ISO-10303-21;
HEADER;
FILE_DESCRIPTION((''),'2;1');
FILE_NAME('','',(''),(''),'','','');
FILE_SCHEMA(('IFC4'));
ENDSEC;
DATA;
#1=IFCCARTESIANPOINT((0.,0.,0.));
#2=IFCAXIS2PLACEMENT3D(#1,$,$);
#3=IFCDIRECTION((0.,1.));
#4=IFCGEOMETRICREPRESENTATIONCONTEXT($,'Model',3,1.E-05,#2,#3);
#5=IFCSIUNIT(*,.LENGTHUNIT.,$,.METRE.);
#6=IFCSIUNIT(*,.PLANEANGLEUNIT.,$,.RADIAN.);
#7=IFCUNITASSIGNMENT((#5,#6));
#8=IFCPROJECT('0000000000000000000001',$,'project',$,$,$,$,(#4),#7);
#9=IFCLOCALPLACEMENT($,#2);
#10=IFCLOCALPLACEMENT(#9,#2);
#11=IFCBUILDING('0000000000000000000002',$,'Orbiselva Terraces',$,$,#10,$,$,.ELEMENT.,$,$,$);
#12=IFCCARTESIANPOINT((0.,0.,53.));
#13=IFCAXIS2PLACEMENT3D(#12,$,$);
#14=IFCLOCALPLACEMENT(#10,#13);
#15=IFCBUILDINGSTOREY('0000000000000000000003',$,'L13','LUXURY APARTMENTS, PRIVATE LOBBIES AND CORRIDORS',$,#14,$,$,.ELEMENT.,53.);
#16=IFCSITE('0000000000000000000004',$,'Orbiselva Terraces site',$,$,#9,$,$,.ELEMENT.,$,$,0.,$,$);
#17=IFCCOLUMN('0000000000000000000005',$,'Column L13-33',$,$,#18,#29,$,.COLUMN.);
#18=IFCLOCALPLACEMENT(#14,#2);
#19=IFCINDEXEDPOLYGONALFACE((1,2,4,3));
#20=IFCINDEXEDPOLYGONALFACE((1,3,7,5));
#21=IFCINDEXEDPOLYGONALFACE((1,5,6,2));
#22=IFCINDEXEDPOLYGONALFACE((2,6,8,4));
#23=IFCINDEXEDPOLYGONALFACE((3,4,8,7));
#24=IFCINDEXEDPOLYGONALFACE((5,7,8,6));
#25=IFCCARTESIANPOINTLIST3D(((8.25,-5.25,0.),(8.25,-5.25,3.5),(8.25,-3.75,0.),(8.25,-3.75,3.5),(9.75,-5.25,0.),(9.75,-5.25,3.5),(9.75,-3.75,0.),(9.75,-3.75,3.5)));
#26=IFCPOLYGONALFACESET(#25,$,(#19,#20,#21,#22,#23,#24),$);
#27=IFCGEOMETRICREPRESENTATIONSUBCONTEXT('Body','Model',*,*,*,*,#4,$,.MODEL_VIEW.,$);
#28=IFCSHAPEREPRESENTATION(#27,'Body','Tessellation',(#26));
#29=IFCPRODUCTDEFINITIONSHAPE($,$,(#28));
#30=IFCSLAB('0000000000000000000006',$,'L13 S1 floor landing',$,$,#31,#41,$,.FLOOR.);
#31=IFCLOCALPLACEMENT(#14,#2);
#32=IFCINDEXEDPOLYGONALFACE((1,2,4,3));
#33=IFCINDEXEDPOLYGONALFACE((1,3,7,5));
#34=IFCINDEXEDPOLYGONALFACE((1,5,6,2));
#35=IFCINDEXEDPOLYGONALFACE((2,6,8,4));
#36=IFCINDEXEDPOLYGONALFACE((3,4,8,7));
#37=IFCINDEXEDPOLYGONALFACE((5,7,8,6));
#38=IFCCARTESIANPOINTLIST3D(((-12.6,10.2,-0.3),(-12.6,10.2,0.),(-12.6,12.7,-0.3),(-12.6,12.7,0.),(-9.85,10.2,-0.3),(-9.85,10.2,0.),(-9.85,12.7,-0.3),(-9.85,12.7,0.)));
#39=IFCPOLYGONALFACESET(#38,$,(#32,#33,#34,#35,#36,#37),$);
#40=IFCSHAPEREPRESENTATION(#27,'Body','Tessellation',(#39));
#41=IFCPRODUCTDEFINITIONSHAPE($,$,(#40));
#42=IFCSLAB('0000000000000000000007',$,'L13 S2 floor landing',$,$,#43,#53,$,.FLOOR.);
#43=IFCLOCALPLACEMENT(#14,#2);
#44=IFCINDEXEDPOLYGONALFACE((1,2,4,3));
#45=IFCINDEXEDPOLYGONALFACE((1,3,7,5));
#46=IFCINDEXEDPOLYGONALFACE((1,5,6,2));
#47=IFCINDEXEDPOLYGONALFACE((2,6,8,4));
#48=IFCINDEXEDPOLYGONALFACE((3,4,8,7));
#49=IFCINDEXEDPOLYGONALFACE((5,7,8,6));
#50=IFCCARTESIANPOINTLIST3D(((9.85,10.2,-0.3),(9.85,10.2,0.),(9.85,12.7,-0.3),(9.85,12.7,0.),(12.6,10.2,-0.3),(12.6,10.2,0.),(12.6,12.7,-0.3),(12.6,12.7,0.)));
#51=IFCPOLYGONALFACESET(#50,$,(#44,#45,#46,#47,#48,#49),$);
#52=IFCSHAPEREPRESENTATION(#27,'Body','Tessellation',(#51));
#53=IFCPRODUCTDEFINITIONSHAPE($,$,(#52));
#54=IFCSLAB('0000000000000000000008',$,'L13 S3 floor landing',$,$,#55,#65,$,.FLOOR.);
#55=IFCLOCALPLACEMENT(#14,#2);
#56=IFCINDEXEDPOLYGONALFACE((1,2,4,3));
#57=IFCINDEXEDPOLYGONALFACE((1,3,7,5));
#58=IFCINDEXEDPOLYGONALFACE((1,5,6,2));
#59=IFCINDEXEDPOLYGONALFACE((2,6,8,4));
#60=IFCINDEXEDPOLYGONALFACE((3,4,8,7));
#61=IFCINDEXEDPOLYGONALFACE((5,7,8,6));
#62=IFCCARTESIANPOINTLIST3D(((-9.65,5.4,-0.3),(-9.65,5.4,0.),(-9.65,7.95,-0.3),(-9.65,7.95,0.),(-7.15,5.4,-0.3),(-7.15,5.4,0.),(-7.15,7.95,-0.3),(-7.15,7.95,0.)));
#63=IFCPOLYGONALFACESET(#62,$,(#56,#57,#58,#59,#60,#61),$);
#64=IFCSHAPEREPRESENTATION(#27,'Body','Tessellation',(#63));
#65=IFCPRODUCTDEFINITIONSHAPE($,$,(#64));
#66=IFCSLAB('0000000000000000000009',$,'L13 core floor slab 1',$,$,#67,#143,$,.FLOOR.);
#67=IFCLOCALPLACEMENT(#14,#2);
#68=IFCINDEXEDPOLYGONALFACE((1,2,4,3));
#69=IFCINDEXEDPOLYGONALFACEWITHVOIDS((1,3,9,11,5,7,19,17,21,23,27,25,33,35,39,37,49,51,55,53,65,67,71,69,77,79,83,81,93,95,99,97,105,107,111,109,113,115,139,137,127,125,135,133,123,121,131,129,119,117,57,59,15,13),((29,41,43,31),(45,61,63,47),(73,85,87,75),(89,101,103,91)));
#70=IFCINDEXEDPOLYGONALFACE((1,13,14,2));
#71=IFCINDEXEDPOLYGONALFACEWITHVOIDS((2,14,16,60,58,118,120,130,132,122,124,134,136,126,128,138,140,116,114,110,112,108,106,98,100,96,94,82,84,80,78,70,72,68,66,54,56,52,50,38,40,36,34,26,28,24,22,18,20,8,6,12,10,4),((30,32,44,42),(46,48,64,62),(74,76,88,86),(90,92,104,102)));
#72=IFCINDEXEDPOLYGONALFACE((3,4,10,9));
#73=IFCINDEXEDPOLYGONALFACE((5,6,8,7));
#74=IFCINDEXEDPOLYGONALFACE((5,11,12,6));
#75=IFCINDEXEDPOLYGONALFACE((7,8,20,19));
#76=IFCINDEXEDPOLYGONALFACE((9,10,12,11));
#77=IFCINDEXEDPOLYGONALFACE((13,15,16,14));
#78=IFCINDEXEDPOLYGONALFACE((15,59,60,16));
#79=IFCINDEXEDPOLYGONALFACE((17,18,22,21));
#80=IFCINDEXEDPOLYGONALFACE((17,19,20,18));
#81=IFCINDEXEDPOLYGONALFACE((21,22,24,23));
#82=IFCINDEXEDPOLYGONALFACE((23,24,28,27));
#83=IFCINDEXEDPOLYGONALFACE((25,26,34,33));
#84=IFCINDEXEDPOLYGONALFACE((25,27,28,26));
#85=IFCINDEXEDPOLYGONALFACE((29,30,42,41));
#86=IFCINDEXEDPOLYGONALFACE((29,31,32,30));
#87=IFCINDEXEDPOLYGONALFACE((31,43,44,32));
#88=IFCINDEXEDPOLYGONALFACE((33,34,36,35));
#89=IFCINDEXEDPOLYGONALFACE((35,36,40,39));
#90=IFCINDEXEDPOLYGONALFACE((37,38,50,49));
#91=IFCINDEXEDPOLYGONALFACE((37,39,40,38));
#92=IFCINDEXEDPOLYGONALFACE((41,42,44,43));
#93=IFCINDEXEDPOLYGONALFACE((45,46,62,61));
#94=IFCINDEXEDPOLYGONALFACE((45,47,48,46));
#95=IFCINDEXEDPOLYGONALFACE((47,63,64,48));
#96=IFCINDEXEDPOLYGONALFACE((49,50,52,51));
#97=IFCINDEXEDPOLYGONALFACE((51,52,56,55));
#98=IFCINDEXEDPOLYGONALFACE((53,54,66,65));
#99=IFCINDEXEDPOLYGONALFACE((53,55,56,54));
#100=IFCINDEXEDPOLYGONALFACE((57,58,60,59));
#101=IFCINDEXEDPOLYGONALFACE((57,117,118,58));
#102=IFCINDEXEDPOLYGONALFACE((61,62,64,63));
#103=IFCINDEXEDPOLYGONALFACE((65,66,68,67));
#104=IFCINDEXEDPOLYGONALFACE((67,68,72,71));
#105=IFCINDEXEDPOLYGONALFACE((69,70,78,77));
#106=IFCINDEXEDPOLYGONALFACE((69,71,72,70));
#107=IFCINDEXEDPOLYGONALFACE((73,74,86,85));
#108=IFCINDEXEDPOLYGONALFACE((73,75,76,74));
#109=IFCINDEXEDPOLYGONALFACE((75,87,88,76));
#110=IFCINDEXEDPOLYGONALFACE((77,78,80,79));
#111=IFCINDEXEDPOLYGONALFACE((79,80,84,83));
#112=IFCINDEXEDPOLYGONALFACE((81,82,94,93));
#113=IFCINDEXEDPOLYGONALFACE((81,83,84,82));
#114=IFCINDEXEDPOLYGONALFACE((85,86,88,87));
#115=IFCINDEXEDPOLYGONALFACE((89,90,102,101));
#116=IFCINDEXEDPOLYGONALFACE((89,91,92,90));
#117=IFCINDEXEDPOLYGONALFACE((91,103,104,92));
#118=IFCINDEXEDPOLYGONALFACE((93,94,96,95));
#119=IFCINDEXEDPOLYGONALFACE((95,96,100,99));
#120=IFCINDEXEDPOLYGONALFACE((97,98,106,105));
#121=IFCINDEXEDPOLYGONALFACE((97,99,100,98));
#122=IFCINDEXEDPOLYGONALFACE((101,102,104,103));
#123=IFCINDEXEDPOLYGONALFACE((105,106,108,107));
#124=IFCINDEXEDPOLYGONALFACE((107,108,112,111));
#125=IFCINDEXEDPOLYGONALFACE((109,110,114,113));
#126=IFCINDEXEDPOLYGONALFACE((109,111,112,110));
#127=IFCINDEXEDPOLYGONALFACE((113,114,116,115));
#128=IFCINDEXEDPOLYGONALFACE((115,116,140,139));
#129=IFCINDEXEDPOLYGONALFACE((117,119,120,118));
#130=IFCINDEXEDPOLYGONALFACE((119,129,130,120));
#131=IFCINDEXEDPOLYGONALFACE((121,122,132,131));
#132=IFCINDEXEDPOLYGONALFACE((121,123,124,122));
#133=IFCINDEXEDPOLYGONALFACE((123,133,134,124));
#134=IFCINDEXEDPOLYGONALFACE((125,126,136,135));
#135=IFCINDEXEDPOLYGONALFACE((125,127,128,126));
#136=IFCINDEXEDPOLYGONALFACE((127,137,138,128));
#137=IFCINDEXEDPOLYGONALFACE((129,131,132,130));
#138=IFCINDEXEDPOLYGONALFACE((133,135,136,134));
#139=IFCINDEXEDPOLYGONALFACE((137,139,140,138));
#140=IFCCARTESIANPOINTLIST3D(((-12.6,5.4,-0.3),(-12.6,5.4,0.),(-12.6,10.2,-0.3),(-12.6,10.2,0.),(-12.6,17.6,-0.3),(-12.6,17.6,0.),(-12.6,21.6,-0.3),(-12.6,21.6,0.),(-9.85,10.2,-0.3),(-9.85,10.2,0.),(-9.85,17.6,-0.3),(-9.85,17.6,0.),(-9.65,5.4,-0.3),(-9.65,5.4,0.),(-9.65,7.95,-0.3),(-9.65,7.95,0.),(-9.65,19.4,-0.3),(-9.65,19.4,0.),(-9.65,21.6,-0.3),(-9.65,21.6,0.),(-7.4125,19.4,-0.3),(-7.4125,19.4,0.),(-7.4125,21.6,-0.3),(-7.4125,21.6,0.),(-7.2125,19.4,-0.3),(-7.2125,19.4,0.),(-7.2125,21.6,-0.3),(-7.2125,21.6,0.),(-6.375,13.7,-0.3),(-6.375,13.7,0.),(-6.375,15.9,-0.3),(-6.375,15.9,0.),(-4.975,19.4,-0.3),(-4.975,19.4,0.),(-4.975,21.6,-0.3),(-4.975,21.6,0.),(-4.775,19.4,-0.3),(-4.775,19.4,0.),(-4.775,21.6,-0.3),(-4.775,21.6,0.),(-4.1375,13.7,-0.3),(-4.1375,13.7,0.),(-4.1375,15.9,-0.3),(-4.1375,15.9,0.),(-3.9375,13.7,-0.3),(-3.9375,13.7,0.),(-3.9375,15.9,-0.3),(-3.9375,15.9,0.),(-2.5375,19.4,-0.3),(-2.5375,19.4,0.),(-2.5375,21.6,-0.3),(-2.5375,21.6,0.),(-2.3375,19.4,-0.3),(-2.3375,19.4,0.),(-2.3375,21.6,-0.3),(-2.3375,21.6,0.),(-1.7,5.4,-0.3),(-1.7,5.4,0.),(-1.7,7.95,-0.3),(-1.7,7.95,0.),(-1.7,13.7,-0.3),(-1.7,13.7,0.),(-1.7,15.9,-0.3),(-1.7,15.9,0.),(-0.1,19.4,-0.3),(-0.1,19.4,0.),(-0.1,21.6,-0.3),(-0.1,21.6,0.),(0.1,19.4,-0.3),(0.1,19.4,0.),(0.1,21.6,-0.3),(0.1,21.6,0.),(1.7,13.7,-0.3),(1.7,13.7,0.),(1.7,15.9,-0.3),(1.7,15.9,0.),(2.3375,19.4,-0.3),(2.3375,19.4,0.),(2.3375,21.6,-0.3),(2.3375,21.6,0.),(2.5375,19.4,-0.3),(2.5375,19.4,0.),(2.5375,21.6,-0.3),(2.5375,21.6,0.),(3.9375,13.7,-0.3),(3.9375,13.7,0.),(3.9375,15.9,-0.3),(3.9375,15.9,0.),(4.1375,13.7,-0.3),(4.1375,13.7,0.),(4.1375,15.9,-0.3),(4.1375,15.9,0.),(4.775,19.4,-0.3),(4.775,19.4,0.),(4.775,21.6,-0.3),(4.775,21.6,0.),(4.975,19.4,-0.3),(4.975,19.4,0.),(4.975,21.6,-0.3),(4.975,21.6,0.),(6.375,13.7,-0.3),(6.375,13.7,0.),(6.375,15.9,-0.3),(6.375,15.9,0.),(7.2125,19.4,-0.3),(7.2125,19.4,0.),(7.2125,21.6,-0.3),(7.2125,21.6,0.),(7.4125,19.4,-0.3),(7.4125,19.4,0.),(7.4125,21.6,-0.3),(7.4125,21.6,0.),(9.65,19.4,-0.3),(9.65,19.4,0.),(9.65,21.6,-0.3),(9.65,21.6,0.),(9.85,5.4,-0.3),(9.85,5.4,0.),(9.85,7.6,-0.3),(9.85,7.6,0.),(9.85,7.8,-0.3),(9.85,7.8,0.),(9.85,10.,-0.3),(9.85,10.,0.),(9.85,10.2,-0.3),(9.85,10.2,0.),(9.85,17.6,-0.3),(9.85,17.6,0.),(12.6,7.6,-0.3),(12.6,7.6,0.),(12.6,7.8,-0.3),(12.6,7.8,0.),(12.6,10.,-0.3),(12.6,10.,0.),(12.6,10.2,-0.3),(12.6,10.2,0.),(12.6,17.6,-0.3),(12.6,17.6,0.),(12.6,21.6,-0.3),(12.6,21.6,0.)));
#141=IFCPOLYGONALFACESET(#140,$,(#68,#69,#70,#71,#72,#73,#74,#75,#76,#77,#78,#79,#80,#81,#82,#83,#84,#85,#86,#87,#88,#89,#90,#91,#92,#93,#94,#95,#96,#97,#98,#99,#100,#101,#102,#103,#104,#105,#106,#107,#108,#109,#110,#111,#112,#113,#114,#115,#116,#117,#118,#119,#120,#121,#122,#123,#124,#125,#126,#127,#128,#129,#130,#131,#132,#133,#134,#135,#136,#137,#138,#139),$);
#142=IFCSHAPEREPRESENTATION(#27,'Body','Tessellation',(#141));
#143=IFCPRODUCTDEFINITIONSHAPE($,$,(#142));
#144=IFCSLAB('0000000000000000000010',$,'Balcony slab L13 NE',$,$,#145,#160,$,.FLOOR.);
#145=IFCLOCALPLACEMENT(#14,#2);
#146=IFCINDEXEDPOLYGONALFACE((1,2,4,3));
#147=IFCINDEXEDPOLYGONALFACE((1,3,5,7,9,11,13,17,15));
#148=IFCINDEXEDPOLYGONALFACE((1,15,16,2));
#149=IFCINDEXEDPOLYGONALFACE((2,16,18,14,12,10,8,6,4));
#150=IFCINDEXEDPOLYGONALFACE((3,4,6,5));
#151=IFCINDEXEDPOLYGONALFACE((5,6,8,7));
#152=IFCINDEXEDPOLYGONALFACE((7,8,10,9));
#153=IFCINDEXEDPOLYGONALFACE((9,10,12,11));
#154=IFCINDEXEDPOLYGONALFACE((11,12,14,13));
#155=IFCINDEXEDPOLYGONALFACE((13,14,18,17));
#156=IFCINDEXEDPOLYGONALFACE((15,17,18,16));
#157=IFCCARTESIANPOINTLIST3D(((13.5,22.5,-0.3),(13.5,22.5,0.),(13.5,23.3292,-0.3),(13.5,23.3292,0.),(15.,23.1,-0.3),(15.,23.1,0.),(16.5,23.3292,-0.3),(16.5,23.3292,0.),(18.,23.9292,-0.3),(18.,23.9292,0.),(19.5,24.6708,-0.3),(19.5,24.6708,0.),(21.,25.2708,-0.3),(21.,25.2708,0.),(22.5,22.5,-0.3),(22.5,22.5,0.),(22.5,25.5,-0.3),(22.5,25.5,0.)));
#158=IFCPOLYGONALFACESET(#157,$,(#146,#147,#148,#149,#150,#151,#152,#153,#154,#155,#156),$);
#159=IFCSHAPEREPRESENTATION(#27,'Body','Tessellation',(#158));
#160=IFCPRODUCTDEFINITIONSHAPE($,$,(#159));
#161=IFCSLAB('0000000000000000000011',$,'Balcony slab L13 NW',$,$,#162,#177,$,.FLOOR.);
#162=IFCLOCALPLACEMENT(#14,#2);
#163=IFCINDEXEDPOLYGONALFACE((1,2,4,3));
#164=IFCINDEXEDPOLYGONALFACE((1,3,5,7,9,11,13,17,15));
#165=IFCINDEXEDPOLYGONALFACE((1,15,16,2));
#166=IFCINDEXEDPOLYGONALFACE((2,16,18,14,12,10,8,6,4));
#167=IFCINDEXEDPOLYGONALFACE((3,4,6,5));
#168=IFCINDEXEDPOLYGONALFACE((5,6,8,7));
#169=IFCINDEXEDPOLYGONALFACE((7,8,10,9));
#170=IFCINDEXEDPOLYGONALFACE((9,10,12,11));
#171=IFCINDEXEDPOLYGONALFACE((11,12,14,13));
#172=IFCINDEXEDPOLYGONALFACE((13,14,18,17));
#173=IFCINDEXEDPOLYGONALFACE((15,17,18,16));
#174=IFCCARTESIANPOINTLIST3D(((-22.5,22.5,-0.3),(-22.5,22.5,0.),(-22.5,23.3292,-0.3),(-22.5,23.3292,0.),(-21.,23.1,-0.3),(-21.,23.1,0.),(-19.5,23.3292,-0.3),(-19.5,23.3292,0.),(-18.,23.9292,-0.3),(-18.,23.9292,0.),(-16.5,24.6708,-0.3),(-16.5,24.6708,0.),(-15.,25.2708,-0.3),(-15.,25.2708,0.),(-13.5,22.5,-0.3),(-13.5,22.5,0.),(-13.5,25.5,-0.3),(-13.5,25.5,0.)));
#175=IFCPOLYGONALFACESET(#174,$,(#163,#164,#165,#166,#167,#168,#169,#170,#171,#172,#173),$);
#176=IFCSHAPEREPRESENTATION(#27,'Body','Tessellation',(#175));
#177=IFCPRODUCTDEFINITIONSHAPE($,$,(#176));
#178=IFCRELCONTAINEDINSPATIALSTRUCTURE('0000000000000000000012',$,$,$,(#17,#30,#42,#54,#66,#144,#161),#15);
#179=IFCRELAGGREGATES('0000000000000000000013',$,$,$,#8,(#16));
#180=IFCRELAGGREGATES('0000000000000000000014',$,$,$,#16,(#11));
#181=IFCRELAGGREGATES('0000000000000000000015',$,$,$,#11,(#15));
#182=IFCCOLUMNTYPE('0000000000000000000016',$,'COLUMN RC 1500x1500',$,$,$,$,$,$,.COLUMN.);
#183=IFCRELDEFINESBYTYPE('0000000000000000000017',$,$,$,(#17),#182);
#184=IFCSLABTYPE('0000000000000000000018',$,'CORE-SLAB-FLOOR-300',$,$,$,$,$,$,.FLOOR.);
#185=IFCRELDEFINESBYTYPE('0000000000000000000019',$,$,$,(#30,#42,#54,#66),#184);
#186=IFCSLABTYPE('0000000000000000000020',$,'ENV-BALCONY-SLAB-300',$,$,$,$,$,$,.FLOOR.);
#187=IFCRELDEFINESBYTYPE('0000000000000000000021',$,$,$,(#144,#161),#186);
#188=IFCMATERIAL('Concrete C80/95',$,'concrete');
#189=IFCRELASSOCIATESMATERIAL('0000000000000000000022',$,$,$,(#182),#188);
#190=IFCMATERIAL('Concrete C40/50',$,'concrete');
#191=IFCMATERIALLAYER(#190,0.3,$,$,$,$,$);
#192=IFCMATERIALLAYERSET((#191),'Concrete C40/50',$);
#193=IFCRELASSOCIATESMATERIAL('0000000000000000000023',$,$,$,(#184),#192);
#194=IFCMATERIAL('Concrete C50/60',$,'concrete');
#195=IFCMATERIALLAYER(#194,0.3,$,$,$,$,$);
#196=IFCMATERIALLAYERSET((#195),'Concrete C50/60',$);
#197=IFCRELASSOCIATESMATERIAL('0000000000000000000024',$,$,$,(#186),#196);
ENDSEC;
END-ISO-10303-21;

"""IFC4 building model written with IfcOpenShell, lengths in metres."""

from ifc_helpers import new_model, si_unit, direction, frame, origin, origin_2d, place, context, subcontext, project, spatial, polyline, rectangle, outline, extrude, material, layer, layer_set, material_profile, profile_set, type_object, element, save


model = new_model("IFC4")

# Units and contexts
model_context = context("Model", 3, precision=1e-05, world=origin(), true_north=direction((0.0, 1.0)))
body_context = subcontext(model_context, "Body", "Model", "MODEL_VIEW")
ifc_project = project(units=[si_unit("LENGTHUNIT", "METRE"), si_unit("PLANEANGLEUNIT", "RADIAN")], contexts=[model_context])

# Site, building, storey
site_placement = place(None, origin())
site = spatial("IfcSite", under=ifc_project, at=site_placement, Name="Orbiselva Terraces site", CompositionType="ELEMENT", RefElevation=0.0)
building_placement = place(site_placement, origin())
building = spatial("IfcBuilding", under=site, at=building_placement, Name="Orbiselva Terraces", CompositionType="ELEMENT")
storey_placement = place(building_placement, frame((0.0, 0.0, 53.0)))
storey = spatial("IfcBuildingStorey", under=building, at=storey_placement, Name="L13", Description="LUXURY APARTMENTS, PRIVATE LOBBIES AND CORRIDORS", CompositionType="ELEMENT", Elevation=53.0)

# Column
ifc_material_1 = material(Name="Concrete C80/95", Category="concrete")
ifc_material_profile = material_profile(ifc_material_1, rectangle(XDim=1.5, YDim=1.5, at=origin_2d()), Name="RC 1500x1500")
ifc_profile_set = profile_set([ifc_material_profile], Name="Concrete C80/95")
column_type = type_object("IfcColumnType", Name="COLUMN RC 1500x1500", PredefinedType="COLUMN", material=ifc_profile_set)
column_placement = place(storey_placement, frame((9.0, -4.5, 0.0), z_axis=(0.0, 0.0, 1.0), x_axis=(1.0, 0.0, 0.0)))
element("IfcColumn", 1, at=column_placement, inside=storey, type_object=column_type, Name="Column L13-33", PredefinedType="COLUMN", context=body_context, shape_type="SweptSolid", body=[
    extrude(rectangle(XDim=1.5, YDim=1.5, at=origin_2d()), origin(), (0.0, 0.0, 1.0), 3.5),
])

# Slabs
ifc_material_2 = material(Name="Concrete C40/50", Category="concrete")
ifc_layer_1 = layer(ifc_material_2, 0.3)
ifc_layer_set_1 = layer_set([ifc_layer_1], Name="Concrete C40/50")
slab_type_1 = type_object("IfcSlabType", Name="CORE-SLAB-FLOOR-300", PredefinedType="FLOOR", material=ifc_layer_set_1)
slab_1_placement = place(storey_placement, frame((0.0, 0.0, -0.3)))
element("IfcSlab", 2, at=slab_1_placement, inside=storey, type_object=slab_type_1, Name="L13 S1 floor landing", PredefinedType="FLOOR", context=body_context, shape_type="SweptSolid", body=[
    extrude(outline(polyline([(-12.6, 12.7), (-9.85, 12.7), (-9.85, 10.2), (-12.6, 10.2), (-12.6, 12.7)])), origin(), (0.0, 0.0, 1.0), 0.3),
])
slab_2_placement = place(storey_placement, frame((0.0, 0.0, -0.3)))
element("IfcSlab", 3, at=slab_2_placement, inside=storey, type_object=slab_type_1, Name="L13 S2 floor landing", PredefinedType="FLOOR", context=body_context, shape_type="SweptSolid", body=[
    extrude(outline(polyline([(12.6, 12.7), (12.6, 10.2), (9.85, 10.2), (9.85, 12.7), (12.6, 12.7)])), origin(), (0.0, 0.0, 1.0), 0.3),
])
slab_3_placement = place(storey_placement, frame((0.0, 0.0, -0.3)))
element("IfcSlab", 4, at=slab_3_placement, inside=storey, type_object=slab_type_1, Name="L13 S3 floor landing", PredefinedType="FLOOR", context=body_context, shape_type="SweptSolid", body=[
    extrude(outline(polyline([(-7.15, 5.4), (-9.65, 5.4), (-9.65, 7.95), (-7.15, 7.95), (-7.15, 5.4)])), origin(), (0.0, 0.0, 1.0), 0.3),
])
slab_4_placement = place(storey_placement, frame((0.0, 0.0, -0.3)))
element("IfcSlab", 5, at=slab_4_placement, inside=storey, type_object=slab_type_1, Name="L13 core floor slab 1", PredefinedType="FLOOR", context=body_context, shape_type="SweptSolid", body=[
    extrude(outline(polyline([(-1.7, 5.4), (-1.7, 7.95), (-9.65, 7.95), (-9.65, 5.4), (-12.6, 5.4), (-12.6, 10.2), (-9.85, 10.2), (-9.85, 17.6), (-12.6, 17.6), (-12.6, 21.6), (-9.65, 21.6), (-9.65, 19.4), (-7.4125, 19.4), (-7.4125, 21.6), (-7.2125, 21.6), (-7.2125, 19.4), (-4.975, 19.4), (-4.975, 21.6), (-4.775, 21.6), (-4.775, 19.4), (-2.5375, 19.4), (-2.5375, 21.6), (-2.3375, 21.6), (-2.3375, 19.4), (-0.1, 19.4), (-0.1, 21.6), (0.1, 21.6), (0.1, 19.4), (2.3375, 19.4), (2.3375, 21.6), (2.5375, 21.6), (2.5375, 19.4), (4.775, 19.4), (4.775, 21.6), (4.975, 21.6), (4.975, 19.4), (7.2125, 19.4), (7.2125, 21.6), (7.4125, 21.6), (7.4125, 19.4), (9.65, 19.4), (9.65, 21.6), (12.6, 21.6), (12.6, 17.6), (9.85, 17.6), (9.85, 10.2), (12.6, 10.2), (12.6, 10.0), (9.85, 10.0), (9.85, 7.8), (12.6, 7.8), (12.6, 7.6), (9.85, 7.6), (9.85, 5.4), (-1.7, 5.4)]), holes=[polyline([(-4.1375, 13.7), (-4.1375, 15.9), (-6.375, 15.9), (-6.375, 13.7), (-4.1375, 13.7)]), polyline([(-1.7, 13.7), (-1.7, 15.9), (-3.9375, 15.9), (-3.9375, 13.7), (-1.7, 13.7)]), polyline([(3.9375, 13.7), (3.9375, 15.9), (1.7, 15.9), (1.7, 13.7), (3.9375, 13.7)]), polyline([(6.375, 13.7), (6.375, 15.9), (4.1375, 15.9), (4.1375, 13.7), (6.375, 13.7)])]), origin(), (0.0, 0.0, 1.0), 0.3),
])
ifc_material_3 = material(Name="Concrete C50/60", Category="concrete")
ifc_layer_2 = layer(ifc_material_3, 0.3)
ifc_layer_set_2 = layer_set([ifc_layer_2], Name="Concrete C50/60")
slab_type_2 = type_object("IfcSlabType", Name="ENV-BALCONY-SLAB-300", PredefinedType="FLOOR", material=ifc_layer_set_2)
slab_5_placement = place(storey_placement, frame((0.0, 0.0, -0.3)))
element("IfcSlab", 6, at=slab_5_placement, inside=storey, type_object=slab_type_2, Name="Balcony slab L13 NE", PredefinedType="FLOOR", context=body_context, shape_type="SweptSolid", body=[
    extrude(outline(polyline([(22.5, 25.5), (21.0, 25.2708), (19.5, 24.6708), (18.0, 23.9292), (16.5, 23.3292), (15.0, 23.1), (13.5, 23.3292), (13.5, 22.5), (22.5, 22.5), (22.5, 25.5)])), origin(), (0.0, 0.0, 1.0), 0.3),
])
slab_6_placement = place(storey_placement, frame((0.0, 0.0, -0.3)))
element("IfcSlab", 7, at=slab_6_placement, inside=storey, type_object=slab_type_2, Name="Balcony slab L13 NW", PredefinedType="FLOOR", context=body_context, shape_type="SweptSolid", body=[
    extrude(outline(polyline([(-13.5, 25.5), (-15.0, 25.2708), (-16.5, 24.6708), (-18.0, 23.9292), (-19.5, 23.3292), (-21.0, 23.1), (-22.5, 23.3292), (-22.5, 22.5), (-13.5, 22.5), (-13.5, 25.5)])), origin(), (0.0, 0.0, 1.0), 0.3),
])

save(model, "model.ifc")
